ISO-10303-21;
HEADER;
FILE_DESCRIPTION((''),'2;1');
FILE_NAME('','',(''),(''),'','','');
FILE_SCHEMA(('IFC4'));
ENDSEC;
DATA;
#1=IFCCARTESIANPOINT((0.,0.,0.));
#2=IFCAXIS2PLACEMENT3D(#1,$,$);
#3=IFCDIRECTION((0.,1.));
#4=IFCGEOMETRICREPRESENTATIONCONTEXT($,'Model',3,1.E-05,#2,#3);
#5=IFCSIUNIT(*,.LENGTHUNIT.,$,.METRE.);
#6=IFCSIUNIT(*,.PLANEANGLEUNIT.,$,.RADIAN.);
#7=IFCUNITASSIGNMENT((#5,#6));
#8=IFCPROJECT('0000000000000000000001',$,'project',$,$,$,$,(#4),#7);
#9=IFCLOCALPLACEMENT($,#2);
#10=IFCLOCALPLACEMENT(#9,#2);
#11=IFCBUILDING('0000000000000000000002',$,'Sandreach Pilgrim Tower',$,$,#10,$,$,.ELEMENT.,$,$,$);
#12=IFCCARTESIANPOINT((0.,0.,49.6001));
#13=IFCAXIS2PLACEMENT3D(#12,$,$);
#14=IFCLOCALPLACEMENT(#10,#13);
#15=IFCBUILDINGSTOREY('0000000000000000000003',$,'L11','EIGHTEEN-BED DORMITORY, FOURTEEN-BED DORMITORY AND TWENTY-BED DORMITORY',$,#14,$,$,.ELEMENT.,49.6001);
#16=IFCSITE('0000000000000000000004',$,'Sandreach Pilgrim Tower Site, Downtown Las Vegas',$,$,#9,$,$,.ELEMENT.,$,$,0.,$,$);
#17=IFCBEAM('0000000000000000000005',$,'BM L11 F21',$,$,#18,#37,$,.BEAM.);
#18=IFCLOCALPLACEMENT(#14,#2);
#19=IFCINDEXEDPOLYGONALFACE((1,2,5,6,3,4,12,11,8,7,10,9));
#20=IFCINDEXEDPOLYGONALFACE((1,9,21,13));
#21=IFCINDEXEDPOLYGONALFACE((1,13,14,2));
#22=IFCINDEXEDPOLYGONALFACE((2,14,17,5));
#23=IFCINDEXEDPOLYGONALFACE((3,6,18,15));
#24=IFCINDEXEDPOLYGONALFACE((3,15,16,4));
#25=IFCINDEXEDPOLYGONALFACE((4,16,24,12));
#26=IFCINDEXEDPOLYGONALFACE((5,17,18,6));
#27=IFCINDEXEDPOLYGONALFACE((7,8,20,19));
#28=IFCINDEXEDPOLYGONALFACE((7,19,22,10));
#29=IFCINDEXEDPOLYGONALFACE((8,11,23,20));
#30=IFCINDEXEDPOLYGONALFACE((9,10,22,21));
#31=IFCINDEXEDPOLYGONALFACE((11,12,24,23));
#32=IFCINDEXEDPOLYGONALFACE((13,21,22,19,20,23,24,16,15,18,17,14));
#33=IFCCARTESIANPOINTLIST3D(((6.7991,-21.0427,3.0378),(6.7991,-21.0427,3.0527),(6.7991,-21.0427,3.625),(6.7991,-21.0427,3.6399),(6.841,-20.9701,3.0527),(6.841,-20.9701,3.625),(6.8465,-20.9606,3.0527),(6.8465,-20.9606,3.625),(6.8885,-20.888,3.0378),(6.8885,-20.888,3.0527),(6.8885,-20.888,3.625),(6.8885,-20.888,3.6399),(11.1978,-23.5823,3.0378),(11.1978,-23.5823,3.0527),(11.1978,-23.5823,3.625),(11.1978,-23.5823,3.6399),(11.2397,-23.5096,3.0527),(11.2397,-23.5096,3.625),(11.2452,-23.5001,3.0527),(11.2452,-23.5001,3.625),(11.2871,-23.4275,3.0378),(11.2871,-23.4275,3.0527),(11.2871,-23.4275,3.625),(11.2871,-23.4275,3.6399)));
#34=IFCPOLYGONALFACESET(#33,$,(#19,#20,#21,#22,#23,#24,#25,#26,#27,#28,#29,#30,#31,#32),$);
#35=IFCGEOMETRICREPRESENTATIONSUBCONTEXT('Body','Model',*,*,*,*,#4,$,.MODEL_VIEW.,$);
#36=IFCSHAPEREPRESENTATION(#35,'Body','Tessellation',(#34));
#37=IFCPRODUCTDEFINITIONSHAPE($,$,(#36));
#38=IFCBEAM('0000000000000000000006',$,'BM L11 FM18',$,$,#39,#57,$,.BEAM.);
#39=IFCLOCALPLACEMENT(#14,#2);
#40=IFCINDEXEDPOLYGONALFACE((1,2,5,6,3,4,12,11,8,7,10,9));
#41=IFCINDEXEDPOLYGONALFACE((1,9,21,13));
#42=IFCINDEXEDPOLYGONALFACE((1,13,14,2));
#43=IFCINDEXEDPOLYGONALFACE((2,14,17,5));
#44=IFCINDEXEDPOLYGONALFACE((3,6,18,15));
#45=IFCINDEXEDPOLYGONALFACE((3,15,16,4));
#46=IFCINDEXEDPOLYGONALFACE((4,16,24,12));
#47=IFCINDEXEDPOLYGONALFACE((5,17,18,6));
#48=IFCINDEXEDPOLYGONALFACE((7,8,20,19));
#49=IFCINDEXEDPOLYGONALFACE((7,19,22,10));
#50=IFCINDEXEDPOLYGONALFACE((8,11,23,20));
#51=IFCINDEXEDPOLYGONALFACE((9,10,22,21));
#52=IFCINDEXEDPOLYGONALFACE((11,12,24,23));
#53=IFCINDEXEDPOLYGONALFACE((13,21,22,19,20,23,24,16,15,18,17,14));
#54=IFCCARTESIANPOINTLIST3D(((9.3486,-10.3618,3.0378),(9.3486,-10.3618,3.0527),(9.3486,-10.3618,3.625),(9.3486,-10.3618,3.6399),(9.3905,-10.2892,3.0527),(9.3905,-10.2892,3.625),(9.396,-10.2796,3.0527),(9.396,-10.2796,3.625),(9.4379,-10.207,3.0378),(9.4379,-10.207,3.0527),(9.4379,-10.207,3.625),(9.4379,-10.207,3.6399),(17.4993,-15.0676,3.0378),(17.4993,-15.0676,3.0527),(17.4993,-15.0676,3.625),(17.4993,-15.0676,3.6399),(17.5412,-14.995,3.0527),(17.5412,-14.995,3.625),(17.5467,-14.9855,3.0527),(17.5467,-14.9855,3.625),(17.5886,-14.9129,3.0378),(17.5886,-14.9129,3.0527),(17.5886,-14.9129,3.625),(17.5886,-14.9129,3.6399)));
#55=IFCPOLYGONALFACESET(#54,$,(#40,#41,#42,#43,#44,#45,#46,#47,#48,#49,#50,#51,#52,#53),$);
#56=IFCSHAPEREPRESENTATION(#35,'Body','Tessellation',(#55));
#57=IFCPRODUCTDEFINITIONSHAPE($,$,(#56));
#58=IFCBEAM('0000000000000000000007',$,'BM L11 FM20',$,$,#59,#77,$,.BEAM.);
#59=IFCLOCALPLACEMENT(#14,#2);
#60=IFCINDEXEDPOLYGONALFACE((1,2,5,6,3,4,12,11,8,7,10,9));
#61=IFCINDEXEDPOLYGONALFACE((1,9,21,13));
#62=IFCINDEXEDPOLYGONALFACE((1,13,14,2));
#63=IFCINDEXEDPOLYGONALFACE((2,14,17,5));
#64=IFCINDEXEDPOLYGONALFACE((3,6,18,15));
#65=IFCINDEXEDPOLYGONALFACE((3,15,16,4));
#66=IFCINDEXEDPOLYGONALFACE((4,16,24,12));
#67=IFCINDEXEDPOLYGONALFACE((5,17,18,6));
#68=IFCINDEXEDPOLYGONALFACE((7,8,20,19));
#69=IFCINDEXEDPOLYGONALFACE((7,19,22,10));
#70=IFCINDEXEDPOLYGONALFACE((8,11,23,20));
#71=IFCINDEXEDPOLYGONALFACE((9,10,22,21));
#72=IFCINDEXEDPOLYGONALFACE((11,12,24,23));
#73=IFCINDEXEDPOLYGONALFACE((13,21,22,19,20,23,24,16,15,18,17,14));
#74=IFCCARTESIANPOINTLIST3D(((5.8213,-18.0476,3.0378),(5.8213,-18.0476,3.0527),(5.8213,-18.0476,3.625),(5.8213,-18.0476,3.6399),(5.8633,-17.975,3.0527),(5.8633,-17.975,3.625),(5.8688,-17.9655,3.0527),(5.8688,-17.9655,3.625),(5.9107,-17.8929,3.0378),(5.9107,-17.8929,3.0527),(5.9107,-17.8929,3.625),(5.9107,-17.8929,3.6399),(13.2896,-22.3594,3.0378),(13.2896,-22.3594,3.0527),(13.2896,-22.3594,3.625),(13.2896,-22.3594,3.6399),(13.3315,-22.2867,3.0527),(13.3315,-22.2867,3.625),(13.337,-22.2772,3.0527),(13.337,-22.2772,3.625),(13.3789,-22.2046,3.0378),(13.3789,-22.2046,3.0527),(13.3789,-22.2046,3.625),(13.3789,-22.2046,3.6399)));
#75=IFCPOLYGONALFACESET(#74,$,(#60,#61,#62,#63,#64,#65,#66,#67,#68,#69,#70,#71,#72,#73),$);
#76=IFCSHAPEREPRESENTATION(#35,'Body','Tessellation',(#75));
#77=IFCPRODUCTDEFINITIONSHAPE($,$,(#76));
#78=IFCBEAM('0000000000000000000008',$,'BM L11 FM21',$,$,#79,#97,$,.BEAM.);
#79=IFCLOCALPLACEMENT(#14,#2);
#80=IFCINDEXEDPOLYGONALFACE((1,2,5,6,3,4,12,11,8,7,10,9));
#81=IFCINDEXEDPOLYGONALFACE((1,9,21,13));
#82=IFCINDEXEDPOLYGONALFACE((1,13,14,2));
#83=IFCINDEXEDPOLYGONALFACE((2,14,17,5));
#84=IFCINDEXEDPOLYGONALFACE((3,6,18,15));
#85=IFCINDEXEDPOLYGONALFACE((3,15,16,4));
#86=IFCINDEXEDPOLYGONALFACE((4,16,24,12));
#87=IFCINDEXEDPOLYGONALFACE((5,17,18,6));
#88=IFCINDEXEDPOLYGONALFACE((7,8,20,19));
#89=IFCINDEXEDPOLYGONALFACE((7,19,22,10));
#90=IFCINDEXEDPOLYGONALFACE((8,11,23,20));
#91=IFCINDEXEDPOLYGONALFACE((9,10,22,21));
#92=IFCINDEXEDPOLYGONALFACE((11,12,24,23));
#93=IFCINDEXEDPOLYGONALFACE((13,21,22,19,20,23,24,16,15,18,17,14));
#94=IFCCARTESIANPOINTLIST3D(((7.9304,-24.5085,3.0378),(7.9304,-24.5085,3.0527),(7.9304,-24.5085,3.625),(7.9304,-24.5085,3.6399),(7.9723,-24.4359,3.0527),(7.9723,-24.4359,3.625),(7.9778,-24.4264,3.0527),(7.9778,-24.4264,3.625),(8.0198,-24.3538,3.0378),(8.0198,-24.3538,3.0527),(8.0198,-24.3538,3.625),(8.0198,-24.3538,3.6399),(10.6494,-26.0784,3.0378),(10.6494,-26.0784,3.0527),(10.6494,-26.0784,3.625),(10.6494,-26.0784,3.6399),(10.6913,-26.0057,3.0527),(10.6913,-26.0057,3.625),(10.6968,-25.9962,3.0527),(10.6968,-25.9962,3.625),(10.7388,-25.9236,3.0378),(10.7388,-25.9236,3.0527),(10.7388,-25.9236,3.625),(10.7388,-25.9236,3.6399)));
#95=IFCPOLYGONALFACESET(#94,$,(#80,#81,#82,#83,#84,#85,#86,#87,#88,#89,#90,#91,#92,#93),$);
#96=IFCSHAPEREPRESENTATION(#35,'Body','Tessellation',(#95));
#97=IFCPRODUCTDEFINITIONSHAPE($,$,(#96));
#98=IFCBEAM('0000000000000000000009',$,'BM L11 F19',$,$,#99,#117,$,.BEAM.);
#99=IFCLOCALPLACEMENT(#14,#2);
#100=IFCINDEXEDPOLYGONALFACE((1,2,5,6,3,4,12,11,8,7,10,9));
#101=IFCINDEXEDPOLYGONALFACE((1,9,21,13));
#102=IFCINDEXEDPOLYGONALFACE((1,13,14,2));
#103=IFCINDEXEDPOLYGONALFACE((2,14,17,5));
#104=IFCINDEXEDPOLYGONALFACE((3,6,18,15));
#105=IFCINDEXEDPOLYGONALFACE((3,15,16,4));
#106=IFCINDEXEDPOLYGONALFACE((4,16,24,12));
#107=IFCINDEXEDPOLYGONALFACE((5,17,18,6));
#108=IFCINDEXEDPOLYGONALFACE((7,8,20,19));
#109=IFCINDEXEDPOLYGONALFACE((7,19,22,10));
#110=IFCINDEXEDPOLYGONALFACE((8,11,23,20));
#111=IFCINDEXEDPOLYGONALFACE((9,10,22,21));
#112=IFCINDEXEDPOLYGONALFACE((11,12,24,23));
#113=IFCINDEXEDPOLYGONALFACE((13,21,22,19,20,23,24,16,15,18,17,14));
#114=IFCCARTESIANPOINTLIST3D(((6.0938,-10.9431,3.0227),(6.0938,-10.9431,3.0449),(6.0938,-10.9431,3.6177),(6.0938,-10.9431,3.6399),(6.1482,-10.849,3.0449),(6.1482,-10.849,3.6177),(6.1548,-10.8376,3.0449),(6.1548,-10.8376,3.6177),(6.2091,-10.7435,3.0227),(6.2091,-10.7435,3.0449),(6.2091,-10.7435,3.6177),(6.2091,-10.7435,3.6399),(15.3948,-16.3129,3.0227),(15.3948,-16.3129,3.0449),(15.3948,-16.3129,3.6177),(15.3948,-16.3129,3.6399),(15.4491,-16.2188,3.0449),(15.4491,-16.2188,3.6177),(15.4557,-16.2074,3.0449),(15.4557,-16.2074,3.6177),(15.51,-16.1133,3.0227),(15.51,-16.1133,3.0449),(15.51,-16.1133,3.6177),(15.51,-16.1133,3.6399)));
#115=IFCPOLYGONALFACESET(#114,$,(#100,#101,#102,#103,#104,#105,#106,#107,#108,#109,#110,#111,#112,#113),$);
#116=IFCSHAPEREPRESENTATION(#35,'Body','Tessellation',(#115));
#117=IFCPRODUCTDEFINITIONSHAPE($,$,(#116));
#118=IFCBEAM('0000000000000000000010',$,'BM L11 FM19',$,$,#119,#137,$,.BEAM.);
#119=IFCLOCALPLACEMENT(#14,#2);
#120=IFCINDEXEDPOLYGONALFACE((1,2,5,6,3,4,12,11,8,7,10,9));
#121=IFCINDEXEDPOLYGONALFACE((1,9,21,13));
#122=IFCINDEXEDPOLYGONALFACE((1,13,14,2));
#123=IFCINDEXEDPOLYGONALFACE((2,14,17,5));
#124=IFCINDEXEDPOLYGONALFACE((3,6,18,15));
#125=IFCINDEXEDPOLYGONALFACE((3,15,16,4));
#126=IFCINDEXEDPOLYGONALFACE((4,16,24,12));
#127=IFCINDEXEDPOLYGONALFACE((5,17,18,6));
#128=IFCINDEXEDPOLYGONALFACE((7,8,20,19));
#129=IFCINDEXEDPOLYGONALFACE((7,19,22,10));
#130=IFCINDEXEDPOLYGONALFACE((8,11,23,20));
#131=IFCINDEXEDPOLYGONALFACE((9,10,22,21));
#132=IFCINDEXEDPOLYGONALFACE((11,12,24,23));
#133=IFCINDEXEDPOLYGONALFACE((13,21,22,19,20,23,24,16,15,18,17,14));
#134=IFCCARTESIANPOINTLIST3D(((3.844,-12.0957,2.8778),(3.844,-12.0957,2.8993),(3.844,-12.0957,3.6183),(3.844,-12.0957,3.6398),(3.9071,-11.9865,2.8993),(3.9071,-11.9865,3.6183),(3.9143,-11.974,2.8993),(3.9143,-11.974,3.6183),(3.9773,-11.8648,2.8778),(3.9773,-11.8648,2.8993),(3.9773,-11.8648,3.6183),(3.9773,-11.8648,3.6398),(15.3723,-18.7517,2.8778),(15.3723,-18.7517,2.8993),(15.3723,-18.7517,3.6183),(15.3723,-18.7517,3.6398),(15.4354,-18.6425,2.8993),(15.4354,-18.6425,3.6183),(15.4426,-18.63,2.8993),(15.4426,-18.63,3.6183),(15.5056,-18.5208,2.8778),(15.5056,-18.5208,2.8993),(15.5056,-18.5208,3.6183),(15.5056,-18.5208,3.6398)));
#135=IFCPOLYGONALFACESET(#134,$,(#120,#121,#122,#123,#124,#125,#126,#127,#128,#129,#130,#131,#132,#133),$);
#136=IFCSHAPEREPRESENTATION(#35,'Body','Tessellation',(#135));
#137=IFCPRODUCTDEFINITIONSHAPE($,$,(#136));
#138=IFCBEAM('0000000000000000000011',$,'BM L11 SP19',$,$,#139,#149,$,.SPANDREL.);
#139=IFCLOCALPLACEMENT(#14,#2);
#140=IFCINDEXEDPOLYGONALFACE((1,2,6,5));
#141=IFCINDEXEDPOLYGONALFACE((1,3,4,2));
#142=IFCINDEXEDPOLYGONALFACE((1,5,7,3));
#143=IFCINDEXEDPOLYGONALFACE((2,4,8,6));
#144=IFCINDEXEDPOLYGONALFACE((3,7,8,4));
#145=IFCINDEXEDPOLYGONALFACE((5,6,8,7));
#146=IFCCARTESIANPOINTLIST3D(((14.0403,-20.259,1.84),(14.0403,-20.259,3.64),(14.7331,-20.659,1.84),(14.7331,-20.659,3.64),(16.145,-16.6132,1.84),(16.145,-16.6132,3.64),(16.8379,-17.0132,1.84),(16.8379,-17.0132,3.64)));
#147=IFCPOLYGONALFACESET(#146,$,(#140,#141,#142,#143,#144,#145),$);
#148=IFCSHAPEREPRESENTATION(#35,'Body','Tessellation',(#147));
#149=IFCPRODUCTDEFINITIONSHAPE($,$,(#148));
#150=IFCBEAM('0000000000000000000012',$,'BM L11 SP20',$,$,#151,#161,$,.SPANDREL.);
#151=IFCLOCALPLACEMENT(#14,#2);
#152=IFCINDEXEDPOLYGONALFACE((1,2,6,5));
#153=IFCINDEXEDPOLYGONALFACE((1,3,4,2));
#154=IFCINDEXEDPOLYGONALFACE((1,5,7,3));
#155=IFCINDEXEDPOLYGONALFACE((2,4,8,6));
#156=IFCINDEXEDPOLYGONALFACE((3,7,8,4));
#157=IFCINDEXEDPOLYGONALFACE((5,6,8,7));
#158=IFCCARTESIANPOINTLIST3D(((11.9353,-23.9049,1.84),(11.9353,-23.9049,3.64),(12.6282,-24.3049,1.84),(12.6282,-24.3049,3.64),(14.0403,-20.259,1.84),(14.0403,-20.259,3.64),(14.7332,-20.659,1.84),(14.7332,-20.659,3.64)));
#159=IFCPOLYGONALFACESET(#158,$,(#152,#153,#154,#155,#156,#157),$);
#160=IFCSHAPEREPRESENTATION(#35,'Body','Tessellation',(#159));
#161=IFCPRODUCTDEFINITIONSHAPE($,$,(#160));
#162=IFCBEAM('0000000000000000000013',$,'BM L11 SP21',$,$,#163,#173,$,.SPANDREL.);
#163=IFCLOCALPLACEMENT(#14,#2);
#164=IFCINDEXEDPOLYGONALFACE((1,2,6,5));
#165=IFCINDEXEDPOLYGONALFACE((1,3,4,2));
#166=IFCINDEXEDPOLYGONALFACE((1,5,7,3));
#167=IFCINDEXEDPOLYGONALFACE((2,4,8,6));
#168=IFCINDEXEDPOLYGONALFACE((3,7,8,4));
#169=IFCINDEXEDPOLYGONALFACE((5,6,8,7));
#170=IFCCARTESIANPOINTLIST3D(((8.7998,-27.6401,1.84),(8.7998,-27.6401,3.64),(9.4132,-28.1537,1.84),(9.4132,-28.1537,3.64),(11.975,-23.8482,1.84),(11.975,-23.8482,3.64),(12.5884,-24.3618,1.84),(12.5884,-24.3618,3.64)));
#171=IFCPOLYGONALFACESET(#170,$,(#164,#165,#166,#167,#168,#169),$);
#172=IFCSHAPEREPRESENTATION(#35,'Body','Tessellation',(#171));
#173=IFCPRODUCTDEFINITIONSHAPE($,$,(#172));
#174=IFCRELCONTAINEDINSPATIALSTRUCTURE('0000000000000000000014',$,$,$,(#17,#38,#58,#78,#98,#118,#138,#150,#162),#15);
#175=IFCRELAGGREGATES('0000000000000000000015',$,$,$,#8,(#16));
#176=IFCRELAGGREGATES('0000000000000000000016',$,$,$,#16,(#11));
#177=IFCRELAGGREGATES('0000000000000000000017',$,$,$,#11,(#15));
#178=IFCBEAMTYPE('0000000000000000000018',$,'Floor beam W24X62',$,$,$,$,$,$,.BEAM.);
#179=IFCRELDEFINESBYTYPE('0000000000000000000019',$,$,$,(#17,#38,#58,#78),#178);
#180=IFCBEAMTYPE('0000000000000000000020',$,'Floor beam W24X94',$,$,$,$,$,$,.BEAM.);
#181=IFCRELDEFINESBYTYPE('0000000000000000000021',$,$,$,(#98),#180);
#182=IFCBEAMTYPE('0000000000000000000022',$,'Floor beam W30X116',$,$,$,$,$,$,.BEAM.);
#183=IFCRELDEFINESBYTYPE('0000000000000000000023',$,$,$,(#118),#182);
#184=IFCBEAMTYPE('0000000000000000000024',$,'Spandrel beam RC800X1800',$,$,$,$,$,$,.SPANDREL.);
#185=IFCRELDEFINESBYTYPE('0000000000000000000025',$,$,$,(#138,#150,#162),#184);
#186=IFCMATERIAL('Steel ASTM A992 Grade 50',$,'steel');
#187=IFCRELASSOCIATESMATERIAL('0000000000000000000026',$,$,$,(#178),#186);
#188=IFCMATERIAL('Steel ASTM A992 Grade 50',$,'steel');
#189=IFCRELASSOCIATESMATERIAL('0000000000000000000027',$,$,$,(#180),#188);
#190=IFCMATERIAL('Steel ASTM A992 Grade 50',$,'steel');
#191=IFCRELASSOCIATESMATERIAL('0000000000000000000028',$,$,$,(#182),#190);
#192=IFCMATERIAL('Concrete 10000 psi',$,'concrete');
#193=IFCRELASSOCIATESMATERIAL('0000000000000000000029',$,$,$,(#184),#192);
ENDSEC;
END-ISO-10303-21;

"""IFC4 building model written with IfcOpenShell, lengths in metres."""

from ifc_helpers import new_model, si_unit, direction, frame, origin, origin_2d, place, context, subcontext, project, spatial, rectangle, i_section, extrude, material, material_profile, profile_set, type_object, element, save


model = new_model("IFC4")

# Units and contexts
model_context = context("Model", 3, precision=1e-05, world=origin(), true_north=direction((0.0, 1.0)))
body_context = subcontext(model_context, "Body", "Model", "MODEL_VIEW")
ifc_project = project(units=[si_unit("LENGTHUNIT", "METRE"), si_unit("PLANEANGLEUNIT", "RADIAN")], contexts=[model_context])

# Site, building, storey
site_placement = place(None, origin())
site = spatial("IfcSite", under=ifc_project, at=site_placement, Name="Sandreach Pilgrim Tower Site, Downtown Las Vegas", CompositionType="ELEMENT", RefElevation=0.0)
building_placement = place(site_placement, origin())
building = spatial("IfcBuilding", under=site, at=building_placement, Name="Sandreach Pilgrim Tower", CompositionType="ELEMENT")
storey_placement = place(building_placement, frame((0.0, 0.0, 49.6001)))
storey = spatial("IfcBuildingStorey", under=building, at=storey_placement, Name="L11", Description="EIGHTEEN-BED DORMITORY, FOURTEEN-BED DORMITORY AND TWENTY-BED DORMITORY", CompositionType="ELEMENT", Elevation=49.6001)

# Beams
ifc_material_1 = material(Name="Steel ASTM A992 Grade 50", Category="steel")
ifc_material_profile_1 = material_profile(ifc_material_1, i_section(OverallWidth=0.1787, OverallDepth=0.6021, WebThickness=0.011, FlangeThickness=0.0149, at=origin_2d()), Name="W24X62")
ifc_profile_set_1 = profile_set([ifc_material_profile_1], Name="Steel ASTM A992 Grade 50")
beam_type_1 = type_object("IfcBeamType", Name="Floor beam W24X62", PredefinedType="BEAM", material=ifc_profile_set_1)
beam_1_placement = place(storey_placement, frame((11.2424, -23.5049, 3.3389), z_axis=(-0.866028, 0.499996, 0.0), x_axis=(-0.499996, -0.866028, 0.0)))
element("IfcBeam", 1, at=beam_1_placement, inside=storey, type_object=beam_type_1, Name="BM L11 F21", PredefinedType="BEAM", context=body_context, shape_type="SweptSolid", body=[
    extrude(i_section(OverallWidth=0.1787, OverallDepth=0.6021, WebThickness=0.011, FlangeThickness=0.0149, at=origin_2d()), origin(), (0.0, 0.0, 1.0), 5.0791),
])
beam_2_placement = place(storey_placement, frame((17.5439, -14.9902, 3.3389), z_axis=(-0.866024, 0.500003, 0.0), x_axis=(-0.500003, -0.866024, 0.0)))
element("IfcBeam", 2, at=beam_2_placement, inside=storey, type_object=beam_type_1, Name="BM L11 FM18", PredefinedType="BEAM", context=body_context, shape_type="SweptSolid", body=[
    extrude(i_section(OverallWidth=0.1787, OverallDepth=0.6021, WebThickness=0.011, FlangeThickness=0.0149, at=origin_2d()), origin(), (0.0, 0.0, 1.0), 9.4116),
])
beam_3_placement = place(storey_placement, frame((13.3342, -22.282, 3.3389), z_axis=(-0.866027, 0.499997, 0.0), x_axis=(-0.499997, -0.866027, 0.0)))
element("IfcBeam", 3, at=beam_3_placement, inside=storey, type_object=beam_type_1, Name="BM L11 FM20", PredefinedType="BEAM", context=body_context, shape_type="SweptSolid", body=[
    extrude(i_section(OverallWidth=0.1787, OverallDepth=0.6021, WebThickness=0.011, FlangeThickness=0.0149, at=origin_2d()), origin(), (0.0, 0.0, 1.0), 8.6235),
])
beam_4_placement = place(storey_placement, frame((10.6941, -26.001, 3.3389), z_axis=(-0.866024, 0.500003, 0.0), x_axis=(-0.500003, -0.866024, 0.0)))
element("IfcBeam", 4, at=beam_4_placement, inside=storey, type_object=beam_type_1, Name="BM L11 FM21", PredefinedType="BEAM", context=body_context, shape_type="SweptSolid", body=[
    extrude(i_section(OverallWidth=0.1787, OverallDepth=0.6021, WebThickness=0.011, FlangeThickness=0.0149, at=origin_2d()), origin(), (0.0, 0.0, 1.0), 3.1396),
])
ifc_material_2 = material(Name="Steel ASTM A992 Grade 50", Category="steel")
ifc_material_profile_2 = material_profile(ifc_material_2, i_section(OverallWidth=0.2305, OverallDepth=0.6172, WebThickness=0.0132, FlangeThickness=0.0222, at=origin_2d()), Name="W24X94")
ifc_profile_set_2 = profile_set([ifc_material_profile_2], Name="Steel ASTM A992 Grade 50")
beam_type_2 = type_object("IfcBeamType", Name="Floor beam W24X94", PredefinedType="BEAM", material=ifc_profile_set_2)
beam_5_placement = place(storey_placement, frame((15.4524, -16.2131, 3.3313), z_axis=(-0.866028, 0.499995, 0.0), x_axis=(-0.499995, -0.866028, 0.0)))
element("IfcBeam", 5, at=beam_5_placement, inside=storey, type_object=beam_type_2, Name="BM L11 F19", PredefinedType="BEAM", context=body_context, shape_type="SweptSolid", body=[
    extrude(i_section(OverallWidth=0.2305, OverallDepth=0.6172, WebThickness=0.0132, FlangeThickness=0.0222, at=origin_2d()), origin(), (0.0, 0.0, 1.0), 10.7397),
])
ifc_material_3 = material(Name="Steel ASTM A992 Grade 50", Category="steel")
ifc_material_profile_3 = material_profile(ifc_material_3, i_section(OverallWidth=0.2666, OverallDepth=0.762, WebThickness=0.0144, FlangeThickness=0.0215, at=origin_2d()), Name="W30X116")
ifc_profile_set_3 = profile_set([ifc_material_profile_3], Name="Steel ASTM A992 Grade 50")
beam_type_3 = type_object("IfcBeamType", Name="Floor beam W30X116", PredefinedType="BEAM", material=ifc_profile_set_3)
beam_6_placement = place(storey_placement, frame((15.439, -18.6362, 3.2588), z_axis=(-0.866021, 0.500007, 0.0), x_axis=(-0.500007, -0.866021, 0.0)))
element("IfcBeam", 6, at=beam_6_placement, inside=storey, type_object=beam_type_3, Name="BM L11 FM19", PredefinedType="BEAM", context=body_context, shape_type="SweptSolid", body=[
    extrude(i_section(OverallWidth=0.2666, OverallDepth=0.762, WebThickness=0.0144, FlangeThickness=0.0215, at=origin_2d()), origin(), (0.0, 0.0, 1.0), 13.3118),
])
ifc_material_4 = material(Name="Concrete 10000 psi", Category="concrete")
ifc_material_profile_4 = material_profile(ifc_material_4, rectangle(XDim=0.8, YDim=1.8, at=origin_2d()), Name="RC800X1800")
ifc_profile_set_4 = profile_set([ifc_material_profile_4], Name="Concrete 10000 psi")
beam_type_4 = type_object("IfcBeamType", Name="Spandrel beam RC800X1800", PredefinedType="SPANDREL", material=ifc_profile_set_4)
beam_7_placement = place(storey_placement, frame((16.4915, -16.8132, 2.74), z_axis=(-0.499975, -0.86604, 0.0), x_axis=(0.86604, -0.499975, 0.0)))
element("IfcBeam", 7, at=beam_7_placement, inside=storey, type_object=beam_type_4, Name="BM L11 SP19", PredefinedType="SPANDREL", context=body_context, shape_type="SweptSolid", body=[
    extrude(rectangle(XDim=0.8, YDim=1.8, at=origin_2d()), origin(), (0.0, 0.0, 1.0), 4.2097),
])
beam_8_placement = place(storey_placement, frame((14.3867, -20.459, 2.74), z_axis=(-0.499994, -0.866029, 0.0), x_axis=(0.866029, -0.499994, 0.0)))
element("IfcBeam", 8, at=beam_8_placement, inside=storey, type_object=beam_type_4, Name="BM L11 SP20", PredefinedType="SPANDREL", context=body_context, shape_type="SweptSolid", body=[
    extrude(rectangle(XDim=0.8, YDim=1.8, at=origin_2d()), origin(), (0.0, 0.0, 1.0), 4.21),
])
beam_9_placement = place(storey_placement, frame((12.2817, -24.105, 2.74), z_axis=(-0.642008, -0.766698, 0.0), x_axis=(0.766698, -0.642008, 0.0)))
element("IfcBeam", 9, at=beam_9_placement, inside=storey, type_object=beam_type_4, Name="BM L11 SP21", PredefinedType="SPANDREL", context=body_context, shape_type="SweptSolid", body=[
    extrude(rectangle(XDim=0.8, YDim=1.8, at=origin_2d()), origin(), (0.0, 0.0, 1.0), 4.9458),
])

save(model, "model.ifc")
